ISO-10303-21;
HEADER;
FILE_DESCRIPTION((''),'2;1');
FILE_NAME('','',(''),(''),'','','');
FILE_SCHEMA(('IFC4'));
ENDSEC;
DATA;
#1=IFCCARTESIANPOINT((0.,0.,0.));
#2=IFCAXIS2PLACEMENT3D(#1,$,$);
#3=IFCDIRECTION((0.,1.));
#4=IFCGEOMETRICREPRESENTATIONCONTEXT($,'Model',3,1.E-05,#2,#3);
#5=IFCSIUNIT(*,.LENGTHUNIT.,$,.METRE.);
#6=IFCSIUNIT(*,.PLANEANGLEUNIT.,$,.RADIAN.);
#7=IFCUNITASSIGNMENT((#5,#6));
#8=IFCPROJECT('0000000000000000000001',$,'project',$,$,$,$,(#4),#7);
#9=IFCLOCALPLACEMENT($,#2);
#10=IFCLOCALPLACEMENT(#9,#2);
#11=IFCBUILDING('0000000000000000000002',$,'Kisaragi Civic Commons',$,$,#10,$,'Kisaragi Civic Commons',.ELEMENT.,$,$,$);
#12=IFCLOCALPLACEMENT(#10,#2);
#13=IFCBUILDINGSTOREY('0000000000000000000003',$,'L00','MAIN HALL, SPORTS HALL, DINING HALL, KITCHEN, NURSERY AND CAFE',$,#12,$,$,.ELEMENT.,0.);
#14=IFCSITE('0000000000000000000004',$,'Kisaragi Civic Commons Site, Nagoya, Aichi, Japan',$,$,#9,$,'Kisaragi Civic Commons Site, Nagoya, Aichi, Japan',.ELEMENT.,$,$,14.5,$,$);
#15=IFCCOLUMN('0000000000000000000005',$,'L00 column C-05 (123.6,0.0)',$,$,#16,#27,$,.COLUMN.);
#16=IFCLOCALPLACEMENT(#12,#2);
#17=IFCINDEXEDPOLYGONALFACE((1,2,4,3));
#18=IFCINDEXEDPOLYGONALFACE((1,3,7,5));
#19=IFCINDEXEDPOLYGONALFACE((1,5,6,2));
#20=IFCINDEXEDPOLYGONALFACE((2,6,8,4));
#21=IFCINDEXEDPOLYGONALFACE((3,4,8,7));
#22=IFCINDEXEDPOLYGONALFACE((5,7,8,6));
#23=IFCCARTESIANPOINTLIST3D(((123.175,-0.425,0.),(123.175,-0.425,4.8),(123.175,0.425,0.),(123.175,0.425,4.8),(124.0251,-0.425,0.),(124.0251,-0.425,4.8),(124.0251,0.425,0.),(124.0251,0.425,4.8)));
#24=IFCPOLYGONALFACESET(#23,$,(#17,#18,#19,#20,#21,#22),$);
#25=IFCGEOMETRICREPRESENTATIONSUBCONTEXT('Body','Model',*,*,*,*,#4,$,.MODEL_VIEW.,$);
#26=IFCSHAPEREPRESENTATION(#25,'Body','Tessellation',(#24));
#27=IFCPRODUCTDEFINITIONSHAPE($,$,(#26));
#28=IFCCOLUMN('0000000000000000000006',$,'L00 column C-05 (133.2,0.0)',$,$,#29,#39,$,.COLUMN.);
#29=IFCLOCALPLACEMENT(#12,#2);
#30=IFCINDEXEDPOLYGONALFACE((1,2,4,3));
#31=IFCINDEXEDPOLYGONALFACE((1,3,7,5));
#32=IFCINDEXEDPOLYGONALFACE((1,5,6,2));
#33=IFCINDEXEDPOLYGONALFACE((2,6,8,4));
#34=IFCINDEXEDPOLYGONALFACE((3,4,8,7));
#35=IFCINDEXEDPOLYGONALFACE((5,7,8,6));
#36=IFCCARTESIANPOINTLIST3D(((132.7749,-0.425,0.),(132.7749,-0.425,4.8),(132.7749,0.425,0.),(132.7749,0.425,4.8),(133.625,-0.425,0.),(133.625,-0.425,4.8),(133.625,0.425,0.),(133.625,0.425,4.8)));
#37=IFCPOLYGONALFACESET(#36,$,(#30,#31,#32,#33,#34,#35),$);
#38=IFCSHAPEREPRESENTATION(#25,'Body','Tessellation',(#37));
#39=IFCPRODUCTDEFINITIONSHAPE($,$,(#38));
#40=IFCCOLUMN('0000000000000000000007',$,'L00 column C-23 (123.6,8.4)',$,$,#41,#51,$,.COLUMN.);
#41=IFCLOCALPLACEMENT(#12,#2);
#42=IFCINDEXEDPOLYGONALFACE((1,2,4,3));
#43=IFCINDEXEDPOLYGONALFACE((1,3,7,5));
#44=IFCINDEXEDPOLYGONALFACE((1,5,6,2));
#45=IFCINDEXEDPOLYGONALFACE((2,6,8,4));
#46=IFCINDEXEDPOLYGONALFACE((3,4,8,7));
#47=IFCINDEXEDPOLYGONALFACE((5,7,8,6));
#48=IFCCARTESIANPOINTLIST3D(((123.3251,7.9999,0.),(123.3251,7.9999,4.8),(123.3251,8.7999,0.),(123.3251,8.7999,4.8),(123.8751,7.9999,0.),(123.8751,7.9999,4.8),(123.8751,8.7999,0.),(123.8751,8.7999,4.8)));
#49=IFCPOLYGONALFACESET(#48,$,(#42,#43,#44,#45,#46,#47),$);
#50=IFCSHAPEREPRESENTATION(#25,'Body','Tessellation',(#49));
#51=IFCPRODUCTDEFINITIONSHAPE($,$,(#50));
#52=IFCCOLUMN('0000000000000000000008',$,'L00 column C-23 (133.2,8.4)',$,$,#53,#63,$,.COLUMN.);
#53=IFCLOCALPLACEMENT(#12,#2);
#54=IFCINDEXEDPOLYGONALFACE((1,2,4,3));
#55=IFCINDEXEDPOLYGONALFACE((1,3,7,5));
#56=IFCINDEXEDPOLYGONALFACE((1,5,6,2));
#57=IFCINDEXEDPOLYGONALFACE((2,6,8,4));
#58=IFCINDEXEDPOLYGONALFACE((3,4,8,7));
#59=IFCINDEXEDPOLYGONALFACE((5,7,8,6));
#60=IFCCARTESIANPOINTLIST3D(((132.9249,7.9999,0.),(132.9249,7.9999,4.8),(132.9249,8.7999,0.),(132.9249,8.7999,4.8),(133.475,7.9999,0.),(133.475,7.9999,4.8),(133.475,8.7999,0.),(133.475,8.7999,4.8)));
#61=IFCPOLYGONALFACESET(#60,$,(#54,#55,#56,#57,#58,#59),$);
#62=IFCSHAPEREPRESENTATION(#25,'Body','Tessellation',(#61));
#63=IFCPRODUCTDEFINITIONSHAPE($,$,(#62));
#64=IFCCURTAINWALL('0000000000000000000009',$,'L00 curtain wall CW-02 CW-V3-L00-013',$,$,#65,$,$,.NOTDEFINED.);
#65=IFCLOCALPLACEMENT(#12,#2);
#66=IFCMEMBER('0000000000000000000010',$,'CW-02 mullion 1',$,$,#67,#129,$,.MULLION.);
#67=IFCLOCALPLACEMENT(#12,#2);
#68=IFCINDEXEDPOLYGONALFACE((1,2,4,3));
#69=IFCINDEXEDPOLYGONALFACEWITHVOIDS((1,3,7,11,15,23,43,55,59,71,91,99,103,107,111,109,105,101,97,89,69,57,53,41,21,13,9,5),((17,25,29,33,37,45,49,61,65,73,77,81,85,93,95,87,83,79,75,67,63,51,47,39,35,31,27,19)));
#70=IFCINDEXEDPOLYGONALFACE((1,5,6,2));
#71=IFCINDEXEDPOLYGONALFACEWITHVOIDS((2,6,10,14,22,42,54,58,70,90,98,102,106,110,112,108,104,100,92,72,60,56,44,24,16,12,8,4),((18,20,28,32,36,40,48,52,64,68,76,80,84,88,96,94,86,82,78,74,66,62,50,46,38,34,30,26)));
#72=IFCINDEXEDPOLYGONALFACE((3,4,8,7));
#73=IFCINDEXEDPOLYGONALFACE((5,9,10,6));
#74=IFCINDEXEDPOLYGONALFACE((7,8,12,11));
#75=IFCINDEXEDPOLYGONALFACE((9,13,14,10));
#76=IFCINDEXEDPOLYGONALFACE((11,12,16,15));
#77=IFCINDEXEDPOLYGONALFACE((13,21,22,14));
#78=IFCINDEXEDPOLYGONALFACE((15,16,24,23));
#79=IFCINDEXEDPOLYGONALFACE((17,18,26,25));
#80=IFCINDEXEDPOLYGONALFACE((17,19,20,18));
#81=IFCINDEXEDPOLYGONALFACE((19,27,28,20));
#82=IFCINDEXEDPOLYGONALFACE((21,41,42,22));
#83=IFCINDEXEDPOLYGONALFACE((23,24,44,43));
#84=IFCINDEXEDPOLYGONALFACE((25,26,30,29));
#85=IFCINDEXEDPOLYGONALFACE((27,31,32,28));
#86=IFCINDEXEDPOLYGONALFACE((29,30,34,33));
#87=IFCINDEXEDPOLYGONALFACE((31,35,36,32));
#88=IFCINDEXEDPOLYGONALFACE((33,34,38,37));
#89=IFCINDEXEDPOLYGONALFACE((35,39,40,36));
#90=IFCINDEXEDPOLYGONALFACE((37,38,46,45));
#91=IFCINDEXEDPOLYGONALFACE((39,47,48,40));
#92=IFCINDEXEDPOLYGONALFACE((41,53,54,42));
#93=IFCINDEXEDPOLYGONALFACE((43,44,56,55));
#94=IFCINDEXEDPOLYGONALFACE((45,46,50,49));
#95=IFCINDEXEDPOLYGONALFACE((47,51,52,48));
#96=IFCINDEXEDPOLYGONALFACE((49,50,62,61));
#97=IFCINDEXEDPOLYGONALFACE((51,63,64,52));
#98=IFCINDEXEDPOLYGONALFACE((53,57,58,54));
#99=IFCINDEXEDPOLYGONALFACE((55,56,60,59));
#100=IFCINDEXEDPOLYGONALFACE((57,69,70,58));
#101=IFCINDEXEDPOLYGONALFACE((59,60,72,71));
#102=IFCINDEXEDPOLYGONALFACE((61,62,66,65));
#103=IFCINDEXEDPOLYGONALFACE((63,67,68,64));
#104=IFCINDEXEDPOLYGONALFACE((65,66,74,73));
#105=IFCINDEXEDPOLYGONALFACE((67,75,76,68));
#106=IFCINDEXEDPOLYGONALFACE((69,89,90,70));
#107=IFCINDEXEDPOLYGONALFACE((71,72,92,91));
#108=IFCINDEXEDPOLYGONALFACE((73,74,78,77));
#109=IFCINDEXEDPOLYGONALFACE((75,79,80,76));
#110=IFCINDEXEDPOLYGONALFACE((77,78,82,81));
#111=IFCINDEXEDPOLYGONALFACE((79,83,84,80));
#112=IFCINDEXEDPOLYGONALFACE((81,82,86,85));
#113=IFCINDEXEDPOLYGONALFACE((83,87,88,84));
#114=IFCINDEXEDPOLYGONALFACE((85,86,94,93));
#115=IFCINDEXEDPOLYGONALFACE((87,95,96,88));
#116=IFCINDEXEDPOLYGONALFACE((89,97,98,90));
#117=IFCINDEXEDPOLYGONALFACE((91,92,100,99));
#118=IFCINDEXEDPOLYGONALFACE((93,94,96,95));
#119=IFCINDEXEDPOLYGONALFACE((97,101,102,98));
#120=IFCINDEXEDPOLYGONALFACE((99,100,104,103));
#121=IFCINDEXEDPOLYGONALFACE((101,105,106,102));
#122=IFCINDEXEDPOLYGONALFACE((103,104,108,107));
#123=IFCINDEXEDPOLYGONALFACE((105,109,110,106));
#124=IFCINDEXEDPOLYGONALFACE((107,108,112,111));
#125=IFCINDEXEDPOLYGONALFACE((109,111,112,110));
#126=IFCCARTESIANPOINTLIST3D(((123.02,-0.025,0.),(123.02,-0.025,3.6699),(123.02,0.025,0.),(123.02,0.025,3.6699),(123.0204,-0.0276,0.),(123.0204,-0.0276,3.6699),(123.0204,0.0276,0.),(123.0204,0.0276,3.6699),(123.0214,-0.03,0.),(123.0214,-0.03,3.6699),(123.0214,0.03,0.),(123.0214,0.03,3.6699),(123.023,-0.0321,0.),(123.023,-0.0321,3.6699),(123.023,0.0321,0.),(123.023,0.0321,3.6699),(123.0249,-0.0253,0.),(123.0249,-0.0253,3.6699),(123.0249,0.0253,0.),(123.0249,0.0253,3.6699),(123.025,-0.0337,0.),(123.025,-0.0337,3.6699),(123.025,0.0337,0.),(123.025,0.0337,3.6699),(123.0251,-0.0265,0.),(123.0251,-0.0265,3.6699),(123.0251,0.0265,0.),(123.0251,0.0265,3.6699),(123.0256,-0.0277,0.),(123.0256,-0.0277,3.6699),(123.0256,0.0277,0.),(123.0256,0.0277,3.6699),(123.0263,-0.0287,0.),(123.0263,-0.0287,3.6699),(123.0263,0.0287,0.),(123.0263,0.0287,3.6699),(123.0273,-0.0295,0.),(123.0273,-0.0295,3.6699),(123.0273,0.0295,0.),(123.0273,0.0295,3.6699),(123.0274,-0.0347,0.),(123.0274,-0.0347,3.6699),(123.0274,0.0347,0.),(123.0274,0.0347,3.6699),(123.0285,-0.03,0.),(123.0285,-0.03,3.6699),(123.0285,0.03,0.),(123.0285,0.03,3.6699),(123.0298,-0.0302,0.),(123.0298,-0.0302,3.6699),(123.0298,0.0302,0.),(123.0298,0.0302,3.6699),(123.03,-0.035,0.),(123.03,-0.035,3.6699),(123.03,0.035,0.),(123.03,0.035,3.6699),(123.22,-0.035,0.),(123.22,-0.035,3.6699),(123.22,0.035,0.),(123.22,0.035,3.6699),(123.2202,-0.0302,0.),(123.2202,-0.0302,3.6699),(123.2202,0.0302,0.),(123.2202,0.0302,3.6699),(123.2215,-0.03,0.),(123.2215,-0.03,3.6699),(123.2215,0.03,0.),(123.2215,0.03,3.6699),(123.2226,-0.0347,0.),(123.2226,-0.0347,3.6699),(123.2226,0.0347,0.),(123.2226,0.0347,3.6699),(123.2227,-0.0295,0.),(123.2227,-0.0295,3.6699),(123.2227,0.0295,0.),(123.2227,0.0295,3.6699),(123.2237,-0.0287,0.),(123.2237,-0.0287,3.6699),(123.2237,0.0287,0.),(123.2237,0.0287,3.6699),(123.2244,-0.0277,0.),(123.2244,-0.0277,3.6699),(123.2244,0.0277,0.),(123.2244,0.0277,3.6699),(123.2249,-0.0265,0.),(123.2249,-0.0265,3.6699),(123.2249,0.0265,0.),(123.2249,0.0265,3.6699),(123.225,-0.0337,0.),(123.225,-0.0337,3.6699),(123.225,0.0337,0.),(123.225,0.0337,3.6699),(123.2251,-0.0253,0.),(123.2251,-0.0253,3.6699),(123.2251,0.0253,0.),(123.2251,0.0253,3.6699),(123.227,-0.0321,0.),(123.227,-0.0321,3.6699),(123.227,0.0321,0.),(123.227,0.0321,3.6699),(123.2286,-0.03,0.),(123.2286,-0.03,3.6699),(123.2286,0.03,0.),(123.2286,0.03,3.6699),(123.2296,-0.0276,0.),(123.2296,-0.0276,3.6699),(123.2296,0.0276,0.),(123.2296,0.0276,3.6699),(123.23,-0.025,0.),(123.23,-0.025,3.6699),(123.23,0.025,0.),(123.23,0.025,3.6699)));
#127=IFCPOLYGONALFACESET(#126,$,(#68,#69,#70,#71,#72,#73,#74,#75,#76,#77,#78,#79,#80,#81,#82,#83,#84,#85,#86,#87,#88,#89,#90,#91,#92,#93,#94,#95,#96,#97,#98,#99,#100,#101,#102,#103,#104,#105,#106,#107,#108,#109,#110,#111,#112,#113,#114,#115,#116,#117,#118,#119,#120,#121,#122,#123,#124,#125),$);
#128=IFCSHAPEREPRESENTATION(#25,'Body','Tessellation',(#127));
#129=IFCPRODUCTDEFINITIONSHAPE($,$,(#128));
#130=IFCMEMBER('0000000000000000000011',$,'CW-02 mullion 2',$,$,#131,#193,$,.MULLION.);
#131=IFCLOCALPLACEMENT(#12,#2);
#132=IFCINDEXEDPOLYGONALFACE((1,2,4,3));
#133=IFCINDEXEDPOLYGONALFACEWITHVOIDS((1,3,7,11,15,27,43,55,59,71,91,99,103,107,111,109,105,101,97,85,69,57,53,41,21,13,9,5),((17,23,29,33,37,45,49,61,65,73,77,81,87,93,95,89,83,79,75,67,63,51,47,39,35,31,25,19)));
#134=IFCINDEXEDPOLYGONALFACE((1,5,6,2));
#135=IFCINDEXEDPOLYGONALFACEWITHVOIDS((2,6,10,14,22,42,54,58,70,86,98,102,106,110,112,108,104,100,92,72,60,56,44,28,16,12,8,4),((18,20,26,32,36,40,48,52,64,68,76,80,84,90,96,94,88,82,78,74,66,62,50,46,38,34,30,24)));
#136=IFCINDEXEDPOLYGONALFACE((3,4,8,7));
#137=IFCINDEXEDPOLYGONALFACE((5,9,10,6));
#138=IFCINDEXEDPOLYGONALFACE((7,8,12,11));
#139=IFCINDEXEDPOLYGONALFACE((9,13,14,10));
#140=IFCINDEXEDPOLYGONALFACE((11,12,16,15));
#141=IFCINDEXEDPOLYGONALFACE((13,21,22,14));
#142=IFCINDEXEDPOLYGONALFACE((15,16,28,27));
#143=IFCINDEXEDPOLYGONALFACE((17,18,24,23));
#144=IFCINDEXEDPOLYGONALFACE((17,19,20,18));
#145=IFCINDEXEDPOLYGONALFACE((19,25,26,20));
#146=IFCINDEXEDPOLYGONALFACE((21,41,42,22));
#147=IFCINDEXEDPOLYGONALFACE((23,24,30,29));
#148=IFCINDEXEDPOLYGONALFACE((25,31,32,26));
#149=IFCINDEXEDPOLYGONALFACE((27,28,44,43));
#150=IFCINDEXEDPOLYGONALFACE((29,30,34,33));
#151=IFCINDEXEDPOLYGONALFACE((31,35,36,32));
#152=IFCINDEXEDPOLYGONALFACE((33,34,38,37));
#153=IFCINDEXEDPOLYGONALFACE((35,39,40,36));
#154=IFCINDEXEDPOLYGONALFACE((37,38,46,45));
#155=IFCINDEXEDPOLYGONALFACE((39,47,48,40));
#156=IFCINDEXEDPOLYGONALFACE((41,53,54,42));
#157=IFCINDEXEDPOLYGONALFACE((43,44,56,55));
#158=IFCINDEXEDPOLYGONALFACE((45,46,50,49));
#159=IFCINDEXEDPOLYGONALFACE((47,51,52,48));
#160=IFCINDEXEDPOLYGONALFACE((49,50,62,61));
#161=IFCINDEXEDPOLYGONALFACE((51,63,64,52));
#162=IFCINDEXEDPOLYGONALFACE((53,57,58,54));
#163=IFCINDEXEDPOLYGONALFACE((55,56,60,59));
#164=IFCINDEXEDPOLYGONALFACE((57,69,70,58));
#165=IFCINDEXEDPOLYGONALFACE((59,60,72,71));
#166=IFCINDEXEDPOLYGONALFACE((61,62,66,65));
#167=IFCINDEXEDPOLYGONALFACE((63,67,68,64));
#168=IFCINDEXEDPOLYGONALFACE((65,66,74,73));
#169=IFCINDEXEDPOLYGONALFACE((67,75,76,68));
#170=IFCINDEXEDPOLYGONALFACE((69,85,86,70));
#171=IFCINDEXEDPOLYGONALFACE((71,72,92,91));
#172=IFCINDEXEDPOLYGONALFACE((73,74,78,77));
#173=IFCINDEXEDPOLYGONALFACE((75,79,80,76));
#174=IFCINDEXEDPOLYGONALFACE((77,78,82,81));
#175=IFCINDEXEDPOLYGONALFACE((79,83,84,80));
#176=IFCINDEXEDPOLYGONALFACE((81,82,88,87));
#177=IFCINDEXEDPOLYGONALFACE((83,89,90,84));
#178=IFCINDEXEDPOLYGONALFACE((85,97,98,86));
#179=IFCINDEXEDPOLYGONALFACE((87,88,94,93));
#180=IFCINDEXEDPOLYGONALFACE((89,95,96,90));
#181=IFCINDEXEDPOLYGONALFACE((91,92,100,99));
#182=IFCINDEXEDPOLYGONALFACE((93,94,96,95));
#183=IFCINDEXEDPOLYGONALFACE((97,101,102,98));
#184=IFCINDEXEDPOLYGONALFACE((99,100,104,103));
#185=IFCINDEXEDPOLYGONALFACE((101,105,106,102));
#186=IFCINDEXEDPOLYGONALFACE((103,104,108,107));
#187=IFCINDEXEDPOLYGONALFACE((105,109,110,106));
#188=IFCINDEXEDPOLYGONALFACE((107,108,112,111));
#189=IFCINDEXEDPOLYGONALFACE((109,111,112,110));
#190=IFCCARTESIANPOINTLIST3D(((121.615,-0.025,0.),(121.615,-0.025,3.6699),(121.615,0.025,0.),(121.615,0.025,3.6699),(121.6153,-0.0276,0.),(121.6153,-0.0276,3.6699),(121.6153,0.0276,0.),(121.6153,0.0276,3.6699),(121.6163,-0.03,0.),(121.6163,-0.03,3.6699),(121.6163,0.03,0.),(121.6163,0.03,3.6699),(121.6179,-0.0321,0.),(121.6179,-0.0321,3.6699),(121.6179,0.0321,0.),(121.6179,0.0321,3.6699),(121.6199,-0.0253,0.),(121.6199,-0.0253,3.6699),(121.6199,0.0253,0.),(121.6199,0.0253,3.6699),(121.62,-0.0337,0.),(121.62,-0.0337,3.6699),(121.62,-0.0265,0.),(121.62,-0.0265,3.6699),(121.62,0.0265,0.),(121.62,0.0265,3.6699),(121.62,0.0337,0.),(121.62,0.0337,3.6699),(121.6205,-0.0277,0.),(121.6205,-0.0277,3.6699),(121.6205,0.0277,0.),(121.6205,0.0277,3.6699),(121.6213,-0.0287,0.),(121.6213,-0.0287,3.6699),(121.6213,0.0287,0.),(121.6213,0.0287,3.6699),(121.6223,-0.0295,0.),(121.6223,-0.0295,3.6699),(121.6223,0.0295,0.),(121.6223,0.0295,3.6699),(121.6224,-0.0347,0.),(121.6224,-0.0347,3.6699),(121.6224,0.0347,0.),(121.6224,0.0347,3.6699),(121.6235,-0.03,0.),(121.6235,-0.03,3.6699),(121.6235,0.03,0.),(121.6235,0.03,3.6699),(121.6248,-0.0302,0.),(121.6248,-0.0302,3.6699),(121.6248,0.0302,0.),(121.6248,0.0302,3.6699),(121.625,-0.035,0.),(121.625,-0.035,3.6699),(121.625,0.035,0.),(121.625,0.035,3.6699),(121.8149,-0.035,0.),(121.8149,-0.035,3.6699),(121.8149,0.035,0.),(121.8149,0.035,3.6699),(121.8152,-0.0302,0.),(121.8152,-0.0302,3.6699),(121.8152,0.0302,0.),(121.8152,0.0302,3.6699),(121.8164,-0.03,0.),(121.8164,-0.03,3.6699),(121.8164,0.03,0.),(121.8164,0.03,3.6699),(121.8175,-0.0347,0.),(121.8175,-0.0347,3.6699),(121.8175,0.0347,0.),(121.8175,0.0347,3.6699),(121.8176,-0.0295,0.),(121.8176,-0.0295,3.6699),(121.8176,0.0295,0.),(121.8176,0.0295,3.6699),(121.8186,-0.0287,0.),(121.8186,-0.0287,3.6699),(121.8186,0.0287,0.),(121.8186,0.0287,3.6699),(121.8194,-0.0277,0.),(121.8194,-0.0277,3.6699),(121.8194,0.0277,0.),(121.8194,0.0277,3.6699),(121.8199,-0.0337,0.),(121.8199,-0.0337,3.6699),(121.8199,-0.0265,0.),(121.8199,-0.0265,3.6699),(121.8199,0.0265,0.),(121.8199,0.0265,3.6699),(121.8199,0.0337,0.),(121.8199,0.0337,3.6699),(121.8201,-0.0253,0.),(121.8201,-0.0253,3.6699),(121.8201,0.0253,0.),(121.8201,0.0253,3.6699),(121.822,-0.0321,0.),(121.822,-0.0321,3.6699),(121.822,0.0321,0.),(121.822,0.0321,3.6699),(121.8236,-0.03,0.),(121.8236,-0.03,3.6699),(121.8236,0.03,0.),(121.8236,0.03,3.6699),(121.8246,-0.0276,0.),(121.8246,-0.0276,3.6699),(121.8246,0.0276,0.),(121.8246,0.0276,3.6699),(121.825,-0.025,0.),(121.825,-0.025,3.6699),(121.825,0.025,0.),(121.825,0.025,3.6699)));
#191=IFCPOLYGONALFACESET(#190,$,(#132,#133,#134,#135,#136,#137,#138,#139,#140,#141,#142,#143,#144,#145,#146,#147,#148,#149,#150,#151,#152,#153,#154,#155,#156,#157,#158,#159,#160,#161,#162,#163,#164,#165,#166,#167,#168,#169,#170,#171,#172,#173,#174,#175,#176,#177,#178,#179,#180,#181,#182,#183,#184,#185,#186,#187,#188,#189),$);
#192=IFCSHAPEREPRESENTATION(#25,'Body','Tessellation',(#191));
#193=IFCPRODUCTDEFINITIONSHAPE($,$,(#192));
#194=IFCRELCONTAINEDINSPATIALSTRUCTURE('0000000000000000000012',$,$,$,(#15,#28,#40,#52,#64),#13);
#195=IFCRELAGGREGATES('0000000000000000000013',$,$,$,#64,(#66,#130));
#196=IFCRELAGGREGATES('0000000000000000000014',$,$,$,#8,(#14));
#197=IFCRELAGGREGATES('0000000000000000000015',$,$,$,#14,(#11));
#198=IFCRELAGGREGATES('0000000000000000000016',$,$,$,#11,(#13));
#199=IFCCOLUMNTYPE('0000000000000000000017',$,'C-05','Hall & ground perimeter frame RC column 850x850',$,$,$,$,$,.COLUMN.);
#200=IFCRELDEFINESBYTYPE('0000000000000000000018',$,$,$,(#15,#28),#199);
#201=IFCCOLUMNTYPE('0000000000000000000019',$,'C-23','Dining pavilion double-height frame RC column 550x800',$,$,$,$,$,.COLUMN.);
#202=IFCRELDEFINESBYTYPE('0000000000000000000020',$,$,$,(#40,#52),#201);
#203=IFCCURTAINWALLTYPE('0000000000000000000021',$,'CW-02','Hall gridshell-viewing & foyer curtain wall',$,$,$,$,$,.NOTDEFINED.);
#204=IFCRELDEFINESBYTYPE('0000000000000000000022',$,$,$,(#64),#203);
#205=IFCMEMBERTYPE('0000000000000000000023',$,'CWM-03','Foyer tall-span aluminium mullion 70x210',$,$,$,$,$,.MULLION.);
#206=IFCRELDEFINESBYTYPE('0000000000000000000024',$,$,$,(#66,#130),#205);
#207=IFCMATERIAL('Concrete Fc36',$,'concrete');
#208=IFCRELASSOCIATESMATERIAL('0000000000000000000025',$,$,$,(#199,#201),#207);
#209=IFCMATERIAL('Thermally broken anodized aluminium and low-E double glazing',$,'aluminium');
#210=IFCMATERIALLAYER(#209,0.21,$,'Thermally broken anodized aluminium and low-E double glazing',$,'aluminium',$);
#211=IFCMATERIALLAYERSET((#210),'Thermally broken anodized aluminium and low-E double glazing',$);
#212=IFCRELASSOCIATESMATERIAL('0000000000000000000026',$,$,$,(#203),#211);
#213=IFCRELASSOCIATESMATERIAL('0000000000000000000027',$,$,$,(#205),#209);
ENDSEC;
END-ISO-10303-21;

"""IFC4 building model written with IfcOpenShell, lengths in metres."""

from ifc_helpers import new_model, si_unit, direction, frame, origin, origin_2d, place, context, subcontext, project, spatial, rectangle, hollow_rectangle, extrude, material, layer, layer_set, material_profile, profile_set, type_object, element, aggregate, save


model = new_model("IFC4")

# Units and contexts
model_context = context("Model", 3, precision=1e-05, world=origin(), true_north=direction((0.0, 1.0)))
body_context = subcontext(model_context, "Body", "Model", "MODEL_VIEW")
ifc_project = project(units=[si_unit("LENGTHUNIT", "METRE"), si_unit("PLANEANGLEUNIT", "RADIAN")], contexts=[model_context])

# Site, building, storey
site_placement = place(None, origin())
site = spatial("IfcSite", under=ifc_project, at=site_placement, Name="Kisaragi Civic Commons Site, Nagoya, Aichi, Japan", LongName="Kisaragi Civic Commons Site, Nagoya, Aichi, Japan", CompositionType="ELEMENT", RefElevation=14.5)
building_placement = place(site_placement, origin())
building = spatial("IfcBuilding", under=site, at=building_placement, Name="Kisaragi Civic Commons", LongName="Kisaragi Civic Commons", CompositionType="ELEMENT")
storey_placement = place(building_placement, origin())
storey = spatial("IfcBuildingStorey", under=building, at=storey_placement, Name="L00", Description="MAIN HALL, SPORTS HALL, DINING HALL, KITCHEN, NURSERY AND CAFE", CompositionType="ELEMENT", Elevation=0.0)

# Columns
ifc_material_1 = material(Name="Concrete Fc36", Category="concrete")
ifc_material_profile_1 = material_profile(ifc_material_1, rectangle(XDim=0.8501, YDim=0.8501, at=origin_2d()), Name="RC-850x850", Category="concrete")
ifc_profile_set_1 = profile_set([ifc_material_profile_1], Name="Concrete Fc36")
column_type_1 = type_object("IfcColumnType", Name="C-05", Description="Hall & ground perimeter frame RC column 850x850", PredefinedType="COLUMN", material=ifc_profile_set_1)
for number, where, z_axis, x_axis, name in (
    (1, (123.6001, 0.0, 0.0), (0.0, 0.0, 1.0), (1.0, 0.0, 0.0), "L00 column C-05 (123.6,0.0)"),
    (2, (133.2, 0.0, 0.0), (0.0, 0.0, 1.0), (1.0, 0.0, 0.0), "L00 column C-05 (133.2,0.0)"),
):
    element("IfcColumn", number, at=place(storey_placement, frame(where, z_axis=z_axis, x_axis=x_axis)), inside=storey, type_object=column_type_1, Name=name, PredefinedType="COLUMN", context=body_context, shape_type="SweptSolid", body=[
        extrude(rectangle(XDim=0.8501, YDim=0.8501, at=origin_2d()), origin(), (0.0, 0.0, 1.0), 4.8),
    ])
ifc_material_profile_2 = material_profile(ifc_material_1, rectangle(XDim=0.55, YDim=0.8, at=origin_2d()), Name="RC-550x800", Category="concrete")
ifc_profile_set_2 = profile_set([ifc_material_profile_2], Name="Concrete Fc36")
column_type_2 = type_object("IfcColumnType", Name="C-23", Description="Dining pavilion double-height frame RC column 550x800", PredefinedType="COLUMN", material=ifc_profile_set_2)
for number, where, z_axis, x_axis, name in (
    (3, (123.6001, 8.3999, 0.0), (0.0, 0.0, 1.0), (1.0, 0.0, 0.0), "L00 column C-23 (123.6,8.4)"),
    (4, (133.2, 8.3999, 0.0), (0.0, 0.0, 1.0), (1.0, 0.0, 0.0), "L00 column C-23 (133.2,8.4)"),
):
    element("IfcColumn", number, at=place(storey_placement, frame(where, z_axis=z_axis, x_axis=x_axis)), inside=storey, type_object=column_type_2, Name=name, PredefinedType="COLUMN", context=body_context, shape_type="SweptSolid", body=[
        extrude(rectangle(XDim=0.55, YDim=0.8, at=origin_2d()), origin(), (0.0, 0.0, 1.0), 4.8),
    ])

# Curtain wall, members
ifc_material_2 = material(Name="Thermally broken anodized aluminium and low-E double glazing", Category="aluminium")
ifc_layer_1 = layer(ifc_material_2, 0.21, Name="Thermally broken anodized aluminium and low-E double glazing", Category="aluminium")
ifc_layer_set_1 = layer_set([ifc_layer_1], Name="Thermally broken anodized aluminium and low-E double glazing")
curtain_wall_type = type_object("IfcCurtainWallType", Name="CW-02", Description="Hall gridshell-viewing & foyer curtain wall", PredefinedType="NOTDEFINED", material=ifc_layer_set_1)
curtain_wall_placement = place(storey_placement, origin())
curtain_wall = element("IfcCurtainWall", 5, at=curtain_wall_placement, inside=storey, type_object=curtain_wall_type, Name="L00 curtain wall CW-02 CW-V3-L00-013", PredefinedType="NOTDEFINED")
ifc_material_profile_3 = material_profile(ifc_material_2, hollow_rectangle(XDim=0.0701, YDim=0.21, WallThickness=0.0049, InnerFilletRadius=0.0049, OuterFilletRadius=0.01, at=origin_2d()), Name="CWM-70x210x5", Category="aluminium")
ifc_profile_set_3 = profile_set([ifc_material_profile_3], Name="Thermally broken anodized aluminium and low-E double glazing")
member_type_1 = type_object("IfcMemberType", Name="CWM-03", Description="Foyer tall-span aluminium mullion 70x210", PredefinedType="MULLION", material=ifc_profile_set_3)
member_1_placement = place(storey_placement, frame((123.125, 0.0, 0.0), z_axis=(0.0, 0.0, 1.0), x_axis=(0.0, -1.0, 0.0)))
member_1 = element("IfcMember", 6, at=member_1_placement, type_object=member_type_1, Name="CW-02 mullion 1", PredefinedType="MULLION", context=body_context, shape_type="SweptSolid", body=[
    extrude(hollow_rectangle(XDim=0.0701, YDim=0.21, WallThickness=0.0049, InnerFilletRadius=0.0049, OuterFilletRadius=0.01, at=origin_2d()), origin(), (0.0, 0.0, 1.0), 3.6699),
])
member_2_placement = place(storey_placement, frame((121.72, 0.0, 0.0), z_axis=(0.0, 0.0, 1.0), x_axis=(0.0, -1.0, 0.0)))
member_2 = element("IfcMember", 7, at=member_2_placement, type_object=member_type_1, Name="CW-02 mullion 2", PredefinedType="MULLION", context=body_context, shape_type="SweptSolid", body=[
    extrude(hollow_rectangle(XDim=0.0701, YDim=0.21, WallThickness=0.0049, InnerFilletRadius=0.0049, OuterFilletRadius=0.01, at=origin_2d()), origin(), (0.0, 0.0, 1.0), 3.6699),
])

aggregate(curtain_wall, [member_1, member_2])

save(model, "model.ifc")
